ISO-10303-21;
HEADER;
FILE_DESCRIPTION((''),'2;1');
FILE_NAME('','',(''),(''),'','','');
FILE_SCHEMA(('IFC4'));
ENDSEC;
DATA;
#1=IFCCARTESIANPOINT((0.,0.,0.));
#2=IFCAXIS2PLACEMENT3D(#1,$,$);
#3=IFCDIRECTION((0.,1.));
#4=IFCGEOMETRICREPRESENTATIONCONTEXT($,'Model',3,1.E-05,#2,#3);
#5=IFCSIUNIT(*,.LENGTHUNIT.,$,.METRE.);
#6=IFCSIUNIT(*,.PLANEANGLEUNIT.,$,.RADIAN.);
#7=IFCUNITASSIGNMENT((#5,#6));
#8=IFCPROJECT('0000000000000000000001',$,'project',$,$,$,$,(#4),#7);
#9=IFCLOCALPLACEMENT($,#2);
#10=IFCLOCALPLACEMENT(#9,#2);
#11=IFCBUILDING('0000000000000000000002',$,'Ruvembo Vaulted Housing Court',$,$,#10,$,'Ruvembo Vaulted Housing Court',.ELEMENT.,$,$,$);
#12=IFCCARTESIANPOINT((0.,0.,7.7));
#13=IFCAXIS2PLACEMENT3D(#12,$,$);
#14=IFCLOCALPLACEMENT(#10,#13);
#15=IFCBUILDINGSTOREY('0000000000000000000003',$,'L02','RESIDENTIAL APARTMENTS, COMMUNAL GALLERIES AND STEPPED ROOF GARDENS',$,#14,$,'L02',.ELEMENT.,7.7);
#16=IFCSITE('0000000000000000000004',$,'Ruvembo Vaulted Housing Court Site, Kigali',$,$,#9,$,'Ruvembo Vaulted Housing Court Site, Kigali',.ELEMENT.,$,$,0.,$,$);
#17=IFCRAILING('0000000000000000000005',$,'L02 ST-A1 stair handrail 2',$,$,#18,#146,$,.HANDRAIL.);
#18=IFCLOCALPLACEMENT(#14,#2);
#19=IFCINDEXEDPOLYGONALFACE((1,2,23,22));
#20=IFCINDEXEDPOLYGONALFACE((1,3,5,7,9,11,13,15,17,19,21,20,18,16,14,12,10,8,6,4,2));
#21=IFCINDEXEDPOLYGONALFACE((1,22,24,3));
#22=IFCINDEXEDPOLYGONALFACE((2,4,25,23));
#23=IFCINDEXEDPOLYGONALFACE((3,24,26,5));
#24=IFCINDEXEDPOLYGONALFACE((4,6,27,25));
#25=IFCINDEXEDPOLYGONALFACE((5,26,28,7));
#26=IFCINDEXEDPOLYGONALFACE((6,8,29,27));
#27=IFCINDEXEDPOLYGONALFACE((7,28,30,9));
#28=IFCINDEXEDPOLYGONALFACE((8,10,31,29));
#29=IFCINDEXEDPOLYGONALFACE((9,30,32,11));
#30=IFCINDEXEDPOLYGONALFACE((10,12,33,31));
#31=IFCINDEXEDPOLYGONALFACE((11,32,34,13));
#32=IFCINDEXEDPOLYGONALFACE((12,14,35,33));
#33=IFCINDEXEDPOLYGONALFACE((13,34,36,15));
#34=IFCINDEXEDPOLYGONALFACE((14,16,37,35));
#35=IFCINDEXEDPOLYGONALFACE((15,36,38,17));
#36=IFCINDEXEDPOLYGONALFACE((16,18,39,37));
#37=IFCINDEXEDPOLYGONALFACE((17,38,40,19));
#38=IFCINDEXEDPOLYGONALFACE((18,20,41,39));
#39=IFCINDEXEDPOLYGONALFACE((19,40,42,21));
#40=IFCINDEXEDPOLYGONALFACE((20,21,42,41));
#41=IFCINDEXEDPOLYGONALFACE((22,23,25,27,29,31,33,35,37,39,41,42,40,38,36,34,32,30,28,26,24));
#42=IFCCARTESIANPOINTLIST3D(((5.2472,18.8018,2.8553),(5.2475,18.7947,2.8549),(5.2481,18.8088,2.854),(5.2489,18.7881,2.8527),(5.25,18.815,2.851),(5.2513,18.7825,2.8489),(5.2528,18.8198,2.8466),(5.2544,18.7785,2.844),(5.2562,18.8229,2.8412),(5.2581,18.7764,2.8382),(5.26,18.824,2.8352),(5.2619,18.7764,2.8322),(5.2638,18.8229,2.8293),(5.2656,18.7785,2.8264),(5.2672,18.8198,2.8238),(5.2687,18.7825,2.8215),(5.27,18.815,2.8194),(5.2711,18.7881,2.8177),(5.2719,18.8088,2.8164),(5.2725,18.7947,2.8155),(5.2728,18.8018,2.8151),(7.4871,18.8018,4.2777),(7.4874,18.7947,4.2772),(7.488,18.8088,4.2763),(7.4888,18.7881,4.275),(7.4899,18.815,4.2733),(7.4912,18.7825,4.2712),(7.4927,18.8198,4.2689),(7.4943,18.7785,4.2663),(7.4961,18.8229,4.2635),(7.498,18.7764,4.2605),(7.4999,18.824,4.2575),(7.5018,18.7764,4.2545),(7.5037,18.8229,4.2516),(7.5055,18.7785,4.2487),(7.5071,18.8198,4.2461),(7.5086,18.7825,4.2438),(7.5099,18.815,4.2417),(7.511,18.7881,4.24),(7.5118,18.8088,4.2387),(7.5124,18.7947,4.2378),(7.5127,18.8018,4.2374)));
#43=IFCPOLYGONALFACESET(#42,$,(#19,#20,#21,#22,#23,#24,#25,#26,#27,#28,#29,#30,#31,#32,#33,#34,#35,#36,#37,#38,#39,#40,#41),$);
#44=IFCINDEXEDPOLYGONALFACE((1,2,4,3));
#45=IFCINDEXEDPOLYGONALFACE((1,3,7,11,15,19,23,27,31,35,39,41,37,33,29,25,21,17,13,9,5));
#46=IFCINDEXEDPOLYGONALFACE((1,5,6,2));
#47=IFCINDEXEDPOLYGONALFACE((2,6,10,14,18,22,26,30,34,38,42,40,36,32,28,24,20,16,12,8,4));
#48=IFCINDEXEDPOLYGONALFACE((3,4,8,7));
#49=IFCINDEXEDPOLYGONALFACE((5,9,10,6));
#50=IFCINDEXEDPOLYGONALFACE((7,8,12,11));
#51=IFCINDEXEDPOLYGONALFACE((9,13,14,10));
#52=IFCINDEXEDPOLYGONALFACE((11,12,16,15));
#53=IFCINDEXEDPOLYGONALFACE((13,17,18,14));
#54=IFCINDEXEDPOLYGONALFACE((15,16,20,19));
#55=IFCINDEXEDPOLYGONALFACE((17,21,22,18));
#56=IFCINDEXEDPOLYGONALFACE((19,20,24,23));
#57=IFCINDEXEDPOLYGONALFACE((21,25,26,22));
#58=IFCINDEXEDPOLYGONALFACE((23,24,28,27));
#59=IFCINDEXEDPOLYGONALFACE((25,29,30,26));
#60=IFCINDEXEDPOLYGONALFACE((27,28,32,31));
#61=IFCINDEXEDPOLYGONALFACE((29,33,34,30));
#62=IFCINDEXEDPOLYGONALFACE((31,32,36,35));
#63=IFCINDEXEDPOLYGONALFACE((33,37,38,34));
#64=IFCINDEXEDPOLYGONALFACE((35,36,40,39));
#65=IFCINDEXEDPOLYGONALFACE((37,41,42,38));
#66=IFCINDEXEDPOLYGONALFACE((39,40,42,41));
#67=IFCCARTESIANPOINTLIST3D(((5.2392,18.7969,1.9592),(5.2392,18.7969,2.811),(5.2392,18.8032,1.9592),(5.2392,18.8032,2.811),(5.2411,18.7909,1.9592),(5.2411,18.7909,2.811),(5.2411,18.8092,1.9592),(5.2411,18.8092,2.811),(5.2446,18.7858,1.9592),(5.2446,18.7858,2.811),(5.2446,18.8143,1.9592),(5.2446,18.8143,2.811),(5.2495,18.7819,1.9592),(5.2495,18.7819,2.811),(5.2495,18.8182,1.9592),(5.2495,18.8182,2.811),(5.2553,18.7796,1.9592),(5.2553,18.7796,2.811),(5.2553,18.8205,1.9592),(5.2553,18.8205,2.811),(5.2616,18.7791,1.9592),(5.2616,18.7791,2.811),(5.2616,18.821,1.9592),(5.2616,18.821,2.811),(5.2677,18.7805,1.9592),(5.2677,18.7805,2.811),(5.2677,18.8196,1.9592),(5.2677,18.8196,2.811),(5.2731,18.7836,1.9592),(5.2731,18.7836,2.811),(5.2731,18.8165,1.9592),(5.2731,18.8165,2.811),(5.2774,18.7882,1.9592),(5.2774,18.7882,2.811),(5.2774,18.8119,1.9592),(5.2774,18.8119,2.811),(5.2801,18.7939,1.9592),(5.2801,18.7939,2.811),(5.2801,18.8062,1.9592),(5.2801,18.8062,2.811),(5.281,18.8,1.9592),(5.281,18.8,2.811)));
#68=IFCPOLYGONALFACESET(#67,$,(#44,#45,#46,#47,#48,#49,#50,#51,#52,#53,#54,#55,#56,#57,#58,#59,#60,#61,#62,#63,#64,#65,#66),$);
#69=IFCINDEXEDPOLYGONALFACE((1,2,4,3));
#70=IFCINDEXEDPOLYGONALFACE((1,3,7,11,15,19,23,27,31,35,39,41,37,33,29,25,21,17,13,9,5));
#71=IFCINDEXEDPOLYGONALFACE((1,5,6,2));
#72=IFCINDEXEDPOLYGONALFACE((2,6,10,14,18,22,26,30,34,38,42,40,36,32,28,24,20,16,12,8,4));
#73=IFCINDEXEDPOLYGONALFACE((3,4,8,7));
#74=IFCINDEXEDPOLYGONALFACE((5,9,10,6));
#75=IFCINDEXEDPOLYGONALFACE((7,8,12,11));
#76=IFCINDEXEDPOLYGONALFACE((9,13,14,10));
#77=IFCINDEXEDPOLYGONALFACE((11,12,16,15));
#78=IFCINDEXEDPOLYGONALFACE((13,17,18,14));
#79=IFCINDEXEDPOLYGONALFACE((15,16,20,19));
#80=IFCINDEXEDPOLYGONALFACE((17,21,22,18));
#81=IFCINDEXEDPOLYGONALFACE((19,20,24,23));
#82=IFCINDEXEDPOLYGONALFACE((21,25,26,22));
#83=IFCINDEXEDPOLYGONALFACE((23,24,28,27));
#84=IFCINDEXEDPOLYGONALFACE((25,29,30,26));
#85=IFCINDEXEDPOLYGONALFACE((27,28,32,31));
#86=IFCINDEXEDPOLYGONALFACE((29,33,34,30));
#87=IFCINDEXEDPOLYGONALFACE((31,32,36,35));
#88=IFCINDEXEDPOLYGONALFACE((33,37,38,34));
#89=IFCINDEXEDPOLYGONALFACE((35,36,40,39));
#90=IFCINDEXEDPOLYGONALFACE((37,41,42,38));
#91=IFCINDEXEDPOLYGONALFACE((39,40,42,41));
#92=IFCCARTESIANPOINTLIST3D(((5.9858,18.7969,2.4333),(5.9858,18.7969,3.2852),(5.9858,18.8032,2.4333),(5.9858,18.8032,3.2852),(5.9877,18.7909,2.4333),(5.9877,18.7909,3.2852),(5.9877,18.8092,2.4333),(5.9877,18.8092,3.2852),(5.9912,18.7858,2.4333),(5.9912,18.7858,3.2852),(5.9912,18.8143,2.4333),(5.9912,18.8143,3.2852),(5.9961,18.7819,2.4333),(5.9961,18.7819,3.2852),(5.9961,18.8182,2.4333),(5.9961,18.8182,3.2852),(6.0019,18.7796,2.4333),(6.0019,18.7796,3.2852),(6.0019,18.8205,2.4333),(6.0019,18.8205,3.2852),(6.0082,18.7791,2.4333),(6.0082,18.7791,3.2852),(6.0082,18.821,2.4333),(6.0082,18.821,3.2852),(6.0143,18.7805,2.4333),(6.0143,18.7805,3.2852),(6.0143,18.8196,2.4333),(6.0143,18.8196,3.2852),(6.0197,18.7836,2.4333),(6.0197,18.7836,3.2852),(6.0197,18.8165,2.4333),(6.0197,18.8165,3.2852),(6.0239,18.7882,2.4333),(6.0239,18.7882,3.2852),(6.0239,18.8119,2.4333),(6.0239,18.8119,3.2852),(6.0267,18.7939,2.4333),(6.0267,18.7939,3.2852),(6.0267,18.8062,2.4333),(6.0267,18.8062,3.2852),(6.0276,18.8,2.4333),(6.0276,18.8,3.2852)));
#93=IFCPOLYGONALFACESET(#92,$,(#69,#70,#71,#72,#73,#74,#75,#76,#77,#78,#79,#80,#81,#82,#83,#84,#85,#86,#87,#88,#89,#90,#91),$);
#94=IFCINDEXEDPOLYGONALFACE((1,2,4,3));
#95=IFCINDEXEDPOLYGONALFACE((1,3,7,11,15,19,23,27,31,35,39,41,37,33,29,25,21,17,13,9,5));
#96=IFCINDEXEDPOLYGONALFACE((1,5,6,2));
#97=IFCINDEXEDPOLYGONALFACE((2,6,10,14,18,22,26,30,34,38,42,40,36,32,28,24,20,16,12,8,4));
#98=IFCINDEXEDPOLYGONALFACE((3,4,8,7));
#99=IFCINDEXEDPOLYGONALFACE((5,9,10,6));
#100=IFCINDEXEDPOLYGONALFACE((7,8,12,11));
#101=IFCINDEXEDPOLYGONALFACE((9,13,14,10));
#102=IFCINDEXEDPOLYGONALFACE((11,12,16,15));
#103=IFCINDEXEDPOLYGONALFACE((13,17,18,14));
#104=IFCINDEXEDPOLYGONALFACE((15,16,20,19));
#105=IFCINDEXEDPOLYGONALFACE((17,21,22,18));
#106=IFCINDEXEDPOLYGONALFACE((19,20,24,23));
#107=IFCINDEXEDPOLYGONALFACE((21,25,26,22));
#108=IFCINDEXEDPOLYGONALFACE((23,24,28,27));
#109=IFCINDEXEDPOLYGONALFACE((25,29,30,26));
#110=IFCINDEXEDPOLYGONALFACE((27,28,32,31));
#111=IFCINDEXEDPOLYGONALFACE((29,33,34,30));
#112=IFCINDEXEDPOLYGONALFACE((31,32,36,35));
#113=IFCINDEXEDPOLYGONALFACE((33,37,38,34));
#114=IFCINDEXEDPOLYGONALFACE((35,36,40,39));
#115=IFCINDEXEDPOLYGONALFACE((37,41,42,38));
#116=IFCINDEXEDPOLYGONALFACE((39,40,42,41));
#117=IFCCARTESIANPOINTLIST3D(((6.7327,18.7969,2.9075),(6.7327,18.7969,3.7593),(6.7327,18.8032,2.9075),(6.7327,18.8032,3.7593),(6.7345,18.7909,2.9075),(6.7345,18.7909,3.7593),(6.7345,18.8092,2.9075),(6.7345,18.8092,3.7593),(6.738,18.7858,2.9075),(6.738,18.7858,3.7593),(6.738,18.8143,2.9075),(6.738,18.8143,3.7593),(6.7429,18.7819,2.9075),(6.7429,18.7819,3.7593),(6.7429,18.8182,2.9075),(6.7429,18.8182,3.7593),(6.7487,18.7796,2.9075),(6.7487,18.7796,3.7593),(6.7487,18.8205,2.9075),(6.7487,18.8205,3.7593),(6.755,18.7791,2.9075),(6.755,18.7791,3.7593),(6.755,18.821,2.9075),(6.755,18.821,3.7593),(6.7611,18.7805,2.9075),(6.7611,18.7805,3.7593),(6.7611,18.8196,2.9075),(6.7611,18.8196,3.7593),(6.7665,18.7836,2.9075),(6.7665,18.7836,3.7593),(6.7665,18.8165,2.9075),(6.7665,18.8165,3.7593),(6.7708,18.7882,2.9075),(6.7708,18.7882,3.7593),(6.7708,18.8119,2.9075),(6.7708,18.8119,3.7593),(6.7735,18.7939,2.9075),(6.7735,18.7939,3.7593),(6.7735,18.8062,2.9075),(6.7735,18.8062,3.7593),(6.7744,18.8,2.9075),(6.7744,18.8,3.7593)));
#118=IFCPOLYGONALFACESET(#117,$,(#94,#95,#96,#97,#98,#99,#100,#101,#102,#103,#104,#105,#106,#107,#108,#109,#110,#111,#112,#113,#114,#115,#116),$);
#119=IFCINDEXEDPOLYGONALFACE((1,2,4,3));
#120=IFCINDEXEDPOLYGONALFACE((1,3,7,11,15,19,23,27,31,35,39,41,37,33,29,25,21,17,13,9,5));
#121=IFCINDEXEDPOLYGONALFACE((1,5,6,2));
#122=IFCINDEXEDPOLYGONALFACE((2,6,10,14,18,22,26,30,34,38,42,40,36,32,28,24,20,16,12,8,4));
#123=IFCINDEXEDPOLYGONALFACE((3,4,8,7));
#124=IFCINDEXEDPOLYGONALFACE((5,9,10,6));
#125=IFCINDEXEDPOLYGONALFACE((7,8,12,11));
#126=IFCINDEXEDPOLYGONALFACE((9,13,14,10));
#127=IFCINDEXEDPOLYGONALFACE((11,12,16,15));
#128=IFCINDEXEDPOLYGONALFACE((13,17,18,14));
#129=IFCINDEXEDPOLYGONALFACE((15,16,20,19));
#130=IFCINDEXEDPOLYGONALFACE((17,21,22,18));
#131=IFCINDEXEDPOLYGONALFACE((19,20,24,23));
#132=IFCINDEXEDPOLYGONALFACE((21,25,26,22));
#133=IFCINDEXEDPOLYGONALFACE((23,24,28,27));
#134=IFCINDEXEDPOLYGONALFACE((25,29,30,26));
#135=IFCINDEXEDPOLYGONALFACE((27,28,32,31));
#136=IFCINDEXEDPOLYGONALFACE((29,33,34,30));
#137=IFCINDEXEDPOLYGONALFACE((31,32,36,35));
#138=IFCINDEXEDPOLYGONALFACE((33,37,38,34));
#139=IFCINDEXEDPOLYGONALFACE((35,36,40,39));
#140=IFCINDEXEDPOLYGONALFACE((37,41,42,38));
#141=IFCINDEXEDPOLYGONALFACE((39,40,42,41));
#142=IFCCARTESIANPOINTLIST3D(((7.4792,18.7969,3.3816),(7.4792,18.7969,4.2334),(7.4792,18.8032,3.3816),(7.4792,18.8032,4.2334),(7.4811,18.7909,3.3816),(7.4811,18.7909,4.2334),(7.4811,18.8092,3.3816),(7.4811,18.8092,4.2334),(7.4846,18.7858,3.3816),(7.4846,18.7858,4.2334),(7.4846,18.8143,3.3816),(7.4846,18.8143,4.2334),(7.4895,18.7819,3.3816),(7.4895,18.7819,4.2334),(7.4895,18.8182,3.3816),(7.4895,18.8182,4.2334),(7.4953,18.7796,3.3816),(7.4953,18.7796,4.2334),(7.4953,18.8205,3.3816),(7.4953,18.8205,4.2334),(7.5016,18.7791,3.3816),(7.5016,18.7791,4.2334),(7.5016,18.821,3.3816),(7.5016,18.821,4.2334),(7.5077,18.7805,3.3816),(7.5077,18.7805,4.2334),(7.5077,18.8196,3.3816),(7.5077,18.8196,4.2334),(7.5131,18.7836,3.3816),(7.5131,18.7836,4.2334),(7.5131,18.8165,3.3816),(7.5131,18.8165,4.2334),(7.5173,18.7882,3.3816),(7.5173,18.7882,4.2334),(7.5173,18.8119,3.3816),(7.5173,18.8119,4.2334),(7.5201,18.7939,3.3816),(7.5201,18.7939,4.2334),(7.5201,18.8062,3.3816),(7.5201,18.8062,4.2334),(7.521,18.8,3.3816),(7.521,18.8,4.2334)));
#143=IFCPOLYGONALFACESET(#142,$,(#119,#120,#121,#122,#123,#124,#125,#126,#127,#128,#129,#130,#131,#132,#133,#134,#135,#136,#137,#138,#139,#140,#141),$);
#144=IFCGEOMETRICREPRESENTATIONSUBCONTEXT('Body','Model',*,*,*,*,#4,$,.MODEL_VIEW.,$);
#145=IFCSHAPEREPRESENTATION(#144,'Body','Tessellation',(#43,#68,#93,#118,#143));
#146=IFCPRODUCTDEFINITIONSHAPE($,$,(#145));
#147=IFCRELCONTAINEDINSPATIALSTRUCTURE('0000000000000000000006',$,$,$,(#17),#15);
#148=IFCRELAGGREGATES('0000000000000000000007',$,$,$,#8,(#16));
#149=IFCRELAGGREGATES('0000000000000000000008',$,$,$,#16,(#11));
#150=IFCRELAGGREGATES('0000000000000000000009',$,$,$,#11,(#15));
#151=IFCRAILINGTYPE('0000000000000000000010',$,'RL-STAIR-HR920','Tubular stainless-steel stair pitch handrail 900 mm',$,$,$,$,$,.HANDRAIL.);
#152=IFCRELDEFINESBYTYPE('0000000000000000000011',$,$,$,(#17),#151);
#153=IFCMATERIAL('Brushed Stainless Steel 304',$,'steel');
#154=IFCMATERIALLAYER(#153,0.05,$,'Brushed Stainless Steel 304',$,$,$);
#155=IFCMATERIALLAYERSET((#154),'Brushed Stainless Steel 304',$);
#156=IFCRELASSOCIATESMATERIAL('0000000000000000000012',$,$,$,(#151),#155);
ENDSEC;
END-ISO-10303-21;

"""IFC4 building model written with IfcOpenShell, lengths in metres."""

from ifc_helpers import new_model, si_unit, direction, frame, origin, origin_2d, place, context, subcontext, project, spatial, circle, extrude, material, layer, layer_set, type_object, element, save


model = new_model("IFC4")

# Units and contexts
model_context = context("Model", 3, precision=1e-05, world=origin(), true_north=direction((0.0, 1.0)))
body_context = subcontext(model_context, "Body", "Model", "MODEL_VIEW")
ifc_project = project(units=[si_unit("LENGTHUNIT", "METRE"), si_unit("PLANEANGLEUNIT", "RADIAN")], contexts=[model_context])

# Site, building, storey
site_placement = place(None, origin())
site = spatial("IfcSite", under=ifc_project, at=site_placement, Name="Ruvembo Vaulted Housing Court Site, Kigali", LongName="Ruvembo Vaulted Housing Court Site, Kigali", CompositionType="ELEMENT", RefElevation=0.0)
building_placement = place(site_placement, origin())
building = spatial("IfcBuilding", under=site, at=building_placement, Name="Ruvembo Vaulted Housing Court", LongName="Ruvembo Vaulted Housing Court", CompositionType="ELEMENT")
storey_placement = place(building_placement, frame((0.0, 0.0, 7.7)))
storey = spatial("IfcBuildingStorey", under=building, at=storey_placement, Name="L02", Description="RESIDENTIAL APARTMENTS, COMMUNAL GALLERIES AND STEPPED ROOF GARDENS", LongName="L02", CompositionType="ELEMENT", Elevation=7.7)

# Railing
ifc_material_1 = material(Name="Brushed Stainless Steel 304", Category="steel")
ifc_layer_1 = layer(ifc_material_1, 0.05, Name="Brushed Stainless Steel 304")
ifc_layer_set_1 = layer_set([ifc_layer_1], Name="Brushed Stainless Steel 304")
railing_type_1 = type_object("IfcRailingType", Name="RL-STAIR-HR920", Description="Tubular stainless-steel stair pitch handrail 900 mm", PredefinedType="HANDRAIL", material=ifc_layer_set_1)
railing_1_placement = place(storey_placement, frame((5.26, 18.8, 1.9592)))
element("IfcRailing", 1, at=railing_1_placement, inside=storey, type_object=railing_type_1, Name="L02 ST-A1 stair handrail 2", PredefinedType="HANDRAIL", context=body_context, shape_type="SweptSolid", body=[
    extrude(circle(Radius=0.0239, at=origin_2d()), frame((0.0, 0.0, 0.876), z_axis=(0.844188, 0.0, 0.536048), x_axis=(0.0, 1.0, 0.0)), (0.0, 0.0, 1.0), 2.6533),
    extrude(circle(Radius=0.021, at=origin_2d()), origin(), (0.0, 0.0, 1.0), 0.8518),
    extrude(circle(Radius=0.021, at=origin_2d()), frame((0.7466, 0.0, 0.4741)), (0.0, 0.0, 1.0), 0.8518),
    extrude(circle(Radius=0.021, at=origin_2d()), frame((1.4934, 0.0, 0.9482)), (0.0, 0.0, 1.0), 0.8518),
    extrude(circle(Radius=0.021, at=origin_2d()), frame((2.24, 0.0, 1.4224)), (0.0, 0.0, 1.0), 0.8518),
])

save(model, "model.ifc")
